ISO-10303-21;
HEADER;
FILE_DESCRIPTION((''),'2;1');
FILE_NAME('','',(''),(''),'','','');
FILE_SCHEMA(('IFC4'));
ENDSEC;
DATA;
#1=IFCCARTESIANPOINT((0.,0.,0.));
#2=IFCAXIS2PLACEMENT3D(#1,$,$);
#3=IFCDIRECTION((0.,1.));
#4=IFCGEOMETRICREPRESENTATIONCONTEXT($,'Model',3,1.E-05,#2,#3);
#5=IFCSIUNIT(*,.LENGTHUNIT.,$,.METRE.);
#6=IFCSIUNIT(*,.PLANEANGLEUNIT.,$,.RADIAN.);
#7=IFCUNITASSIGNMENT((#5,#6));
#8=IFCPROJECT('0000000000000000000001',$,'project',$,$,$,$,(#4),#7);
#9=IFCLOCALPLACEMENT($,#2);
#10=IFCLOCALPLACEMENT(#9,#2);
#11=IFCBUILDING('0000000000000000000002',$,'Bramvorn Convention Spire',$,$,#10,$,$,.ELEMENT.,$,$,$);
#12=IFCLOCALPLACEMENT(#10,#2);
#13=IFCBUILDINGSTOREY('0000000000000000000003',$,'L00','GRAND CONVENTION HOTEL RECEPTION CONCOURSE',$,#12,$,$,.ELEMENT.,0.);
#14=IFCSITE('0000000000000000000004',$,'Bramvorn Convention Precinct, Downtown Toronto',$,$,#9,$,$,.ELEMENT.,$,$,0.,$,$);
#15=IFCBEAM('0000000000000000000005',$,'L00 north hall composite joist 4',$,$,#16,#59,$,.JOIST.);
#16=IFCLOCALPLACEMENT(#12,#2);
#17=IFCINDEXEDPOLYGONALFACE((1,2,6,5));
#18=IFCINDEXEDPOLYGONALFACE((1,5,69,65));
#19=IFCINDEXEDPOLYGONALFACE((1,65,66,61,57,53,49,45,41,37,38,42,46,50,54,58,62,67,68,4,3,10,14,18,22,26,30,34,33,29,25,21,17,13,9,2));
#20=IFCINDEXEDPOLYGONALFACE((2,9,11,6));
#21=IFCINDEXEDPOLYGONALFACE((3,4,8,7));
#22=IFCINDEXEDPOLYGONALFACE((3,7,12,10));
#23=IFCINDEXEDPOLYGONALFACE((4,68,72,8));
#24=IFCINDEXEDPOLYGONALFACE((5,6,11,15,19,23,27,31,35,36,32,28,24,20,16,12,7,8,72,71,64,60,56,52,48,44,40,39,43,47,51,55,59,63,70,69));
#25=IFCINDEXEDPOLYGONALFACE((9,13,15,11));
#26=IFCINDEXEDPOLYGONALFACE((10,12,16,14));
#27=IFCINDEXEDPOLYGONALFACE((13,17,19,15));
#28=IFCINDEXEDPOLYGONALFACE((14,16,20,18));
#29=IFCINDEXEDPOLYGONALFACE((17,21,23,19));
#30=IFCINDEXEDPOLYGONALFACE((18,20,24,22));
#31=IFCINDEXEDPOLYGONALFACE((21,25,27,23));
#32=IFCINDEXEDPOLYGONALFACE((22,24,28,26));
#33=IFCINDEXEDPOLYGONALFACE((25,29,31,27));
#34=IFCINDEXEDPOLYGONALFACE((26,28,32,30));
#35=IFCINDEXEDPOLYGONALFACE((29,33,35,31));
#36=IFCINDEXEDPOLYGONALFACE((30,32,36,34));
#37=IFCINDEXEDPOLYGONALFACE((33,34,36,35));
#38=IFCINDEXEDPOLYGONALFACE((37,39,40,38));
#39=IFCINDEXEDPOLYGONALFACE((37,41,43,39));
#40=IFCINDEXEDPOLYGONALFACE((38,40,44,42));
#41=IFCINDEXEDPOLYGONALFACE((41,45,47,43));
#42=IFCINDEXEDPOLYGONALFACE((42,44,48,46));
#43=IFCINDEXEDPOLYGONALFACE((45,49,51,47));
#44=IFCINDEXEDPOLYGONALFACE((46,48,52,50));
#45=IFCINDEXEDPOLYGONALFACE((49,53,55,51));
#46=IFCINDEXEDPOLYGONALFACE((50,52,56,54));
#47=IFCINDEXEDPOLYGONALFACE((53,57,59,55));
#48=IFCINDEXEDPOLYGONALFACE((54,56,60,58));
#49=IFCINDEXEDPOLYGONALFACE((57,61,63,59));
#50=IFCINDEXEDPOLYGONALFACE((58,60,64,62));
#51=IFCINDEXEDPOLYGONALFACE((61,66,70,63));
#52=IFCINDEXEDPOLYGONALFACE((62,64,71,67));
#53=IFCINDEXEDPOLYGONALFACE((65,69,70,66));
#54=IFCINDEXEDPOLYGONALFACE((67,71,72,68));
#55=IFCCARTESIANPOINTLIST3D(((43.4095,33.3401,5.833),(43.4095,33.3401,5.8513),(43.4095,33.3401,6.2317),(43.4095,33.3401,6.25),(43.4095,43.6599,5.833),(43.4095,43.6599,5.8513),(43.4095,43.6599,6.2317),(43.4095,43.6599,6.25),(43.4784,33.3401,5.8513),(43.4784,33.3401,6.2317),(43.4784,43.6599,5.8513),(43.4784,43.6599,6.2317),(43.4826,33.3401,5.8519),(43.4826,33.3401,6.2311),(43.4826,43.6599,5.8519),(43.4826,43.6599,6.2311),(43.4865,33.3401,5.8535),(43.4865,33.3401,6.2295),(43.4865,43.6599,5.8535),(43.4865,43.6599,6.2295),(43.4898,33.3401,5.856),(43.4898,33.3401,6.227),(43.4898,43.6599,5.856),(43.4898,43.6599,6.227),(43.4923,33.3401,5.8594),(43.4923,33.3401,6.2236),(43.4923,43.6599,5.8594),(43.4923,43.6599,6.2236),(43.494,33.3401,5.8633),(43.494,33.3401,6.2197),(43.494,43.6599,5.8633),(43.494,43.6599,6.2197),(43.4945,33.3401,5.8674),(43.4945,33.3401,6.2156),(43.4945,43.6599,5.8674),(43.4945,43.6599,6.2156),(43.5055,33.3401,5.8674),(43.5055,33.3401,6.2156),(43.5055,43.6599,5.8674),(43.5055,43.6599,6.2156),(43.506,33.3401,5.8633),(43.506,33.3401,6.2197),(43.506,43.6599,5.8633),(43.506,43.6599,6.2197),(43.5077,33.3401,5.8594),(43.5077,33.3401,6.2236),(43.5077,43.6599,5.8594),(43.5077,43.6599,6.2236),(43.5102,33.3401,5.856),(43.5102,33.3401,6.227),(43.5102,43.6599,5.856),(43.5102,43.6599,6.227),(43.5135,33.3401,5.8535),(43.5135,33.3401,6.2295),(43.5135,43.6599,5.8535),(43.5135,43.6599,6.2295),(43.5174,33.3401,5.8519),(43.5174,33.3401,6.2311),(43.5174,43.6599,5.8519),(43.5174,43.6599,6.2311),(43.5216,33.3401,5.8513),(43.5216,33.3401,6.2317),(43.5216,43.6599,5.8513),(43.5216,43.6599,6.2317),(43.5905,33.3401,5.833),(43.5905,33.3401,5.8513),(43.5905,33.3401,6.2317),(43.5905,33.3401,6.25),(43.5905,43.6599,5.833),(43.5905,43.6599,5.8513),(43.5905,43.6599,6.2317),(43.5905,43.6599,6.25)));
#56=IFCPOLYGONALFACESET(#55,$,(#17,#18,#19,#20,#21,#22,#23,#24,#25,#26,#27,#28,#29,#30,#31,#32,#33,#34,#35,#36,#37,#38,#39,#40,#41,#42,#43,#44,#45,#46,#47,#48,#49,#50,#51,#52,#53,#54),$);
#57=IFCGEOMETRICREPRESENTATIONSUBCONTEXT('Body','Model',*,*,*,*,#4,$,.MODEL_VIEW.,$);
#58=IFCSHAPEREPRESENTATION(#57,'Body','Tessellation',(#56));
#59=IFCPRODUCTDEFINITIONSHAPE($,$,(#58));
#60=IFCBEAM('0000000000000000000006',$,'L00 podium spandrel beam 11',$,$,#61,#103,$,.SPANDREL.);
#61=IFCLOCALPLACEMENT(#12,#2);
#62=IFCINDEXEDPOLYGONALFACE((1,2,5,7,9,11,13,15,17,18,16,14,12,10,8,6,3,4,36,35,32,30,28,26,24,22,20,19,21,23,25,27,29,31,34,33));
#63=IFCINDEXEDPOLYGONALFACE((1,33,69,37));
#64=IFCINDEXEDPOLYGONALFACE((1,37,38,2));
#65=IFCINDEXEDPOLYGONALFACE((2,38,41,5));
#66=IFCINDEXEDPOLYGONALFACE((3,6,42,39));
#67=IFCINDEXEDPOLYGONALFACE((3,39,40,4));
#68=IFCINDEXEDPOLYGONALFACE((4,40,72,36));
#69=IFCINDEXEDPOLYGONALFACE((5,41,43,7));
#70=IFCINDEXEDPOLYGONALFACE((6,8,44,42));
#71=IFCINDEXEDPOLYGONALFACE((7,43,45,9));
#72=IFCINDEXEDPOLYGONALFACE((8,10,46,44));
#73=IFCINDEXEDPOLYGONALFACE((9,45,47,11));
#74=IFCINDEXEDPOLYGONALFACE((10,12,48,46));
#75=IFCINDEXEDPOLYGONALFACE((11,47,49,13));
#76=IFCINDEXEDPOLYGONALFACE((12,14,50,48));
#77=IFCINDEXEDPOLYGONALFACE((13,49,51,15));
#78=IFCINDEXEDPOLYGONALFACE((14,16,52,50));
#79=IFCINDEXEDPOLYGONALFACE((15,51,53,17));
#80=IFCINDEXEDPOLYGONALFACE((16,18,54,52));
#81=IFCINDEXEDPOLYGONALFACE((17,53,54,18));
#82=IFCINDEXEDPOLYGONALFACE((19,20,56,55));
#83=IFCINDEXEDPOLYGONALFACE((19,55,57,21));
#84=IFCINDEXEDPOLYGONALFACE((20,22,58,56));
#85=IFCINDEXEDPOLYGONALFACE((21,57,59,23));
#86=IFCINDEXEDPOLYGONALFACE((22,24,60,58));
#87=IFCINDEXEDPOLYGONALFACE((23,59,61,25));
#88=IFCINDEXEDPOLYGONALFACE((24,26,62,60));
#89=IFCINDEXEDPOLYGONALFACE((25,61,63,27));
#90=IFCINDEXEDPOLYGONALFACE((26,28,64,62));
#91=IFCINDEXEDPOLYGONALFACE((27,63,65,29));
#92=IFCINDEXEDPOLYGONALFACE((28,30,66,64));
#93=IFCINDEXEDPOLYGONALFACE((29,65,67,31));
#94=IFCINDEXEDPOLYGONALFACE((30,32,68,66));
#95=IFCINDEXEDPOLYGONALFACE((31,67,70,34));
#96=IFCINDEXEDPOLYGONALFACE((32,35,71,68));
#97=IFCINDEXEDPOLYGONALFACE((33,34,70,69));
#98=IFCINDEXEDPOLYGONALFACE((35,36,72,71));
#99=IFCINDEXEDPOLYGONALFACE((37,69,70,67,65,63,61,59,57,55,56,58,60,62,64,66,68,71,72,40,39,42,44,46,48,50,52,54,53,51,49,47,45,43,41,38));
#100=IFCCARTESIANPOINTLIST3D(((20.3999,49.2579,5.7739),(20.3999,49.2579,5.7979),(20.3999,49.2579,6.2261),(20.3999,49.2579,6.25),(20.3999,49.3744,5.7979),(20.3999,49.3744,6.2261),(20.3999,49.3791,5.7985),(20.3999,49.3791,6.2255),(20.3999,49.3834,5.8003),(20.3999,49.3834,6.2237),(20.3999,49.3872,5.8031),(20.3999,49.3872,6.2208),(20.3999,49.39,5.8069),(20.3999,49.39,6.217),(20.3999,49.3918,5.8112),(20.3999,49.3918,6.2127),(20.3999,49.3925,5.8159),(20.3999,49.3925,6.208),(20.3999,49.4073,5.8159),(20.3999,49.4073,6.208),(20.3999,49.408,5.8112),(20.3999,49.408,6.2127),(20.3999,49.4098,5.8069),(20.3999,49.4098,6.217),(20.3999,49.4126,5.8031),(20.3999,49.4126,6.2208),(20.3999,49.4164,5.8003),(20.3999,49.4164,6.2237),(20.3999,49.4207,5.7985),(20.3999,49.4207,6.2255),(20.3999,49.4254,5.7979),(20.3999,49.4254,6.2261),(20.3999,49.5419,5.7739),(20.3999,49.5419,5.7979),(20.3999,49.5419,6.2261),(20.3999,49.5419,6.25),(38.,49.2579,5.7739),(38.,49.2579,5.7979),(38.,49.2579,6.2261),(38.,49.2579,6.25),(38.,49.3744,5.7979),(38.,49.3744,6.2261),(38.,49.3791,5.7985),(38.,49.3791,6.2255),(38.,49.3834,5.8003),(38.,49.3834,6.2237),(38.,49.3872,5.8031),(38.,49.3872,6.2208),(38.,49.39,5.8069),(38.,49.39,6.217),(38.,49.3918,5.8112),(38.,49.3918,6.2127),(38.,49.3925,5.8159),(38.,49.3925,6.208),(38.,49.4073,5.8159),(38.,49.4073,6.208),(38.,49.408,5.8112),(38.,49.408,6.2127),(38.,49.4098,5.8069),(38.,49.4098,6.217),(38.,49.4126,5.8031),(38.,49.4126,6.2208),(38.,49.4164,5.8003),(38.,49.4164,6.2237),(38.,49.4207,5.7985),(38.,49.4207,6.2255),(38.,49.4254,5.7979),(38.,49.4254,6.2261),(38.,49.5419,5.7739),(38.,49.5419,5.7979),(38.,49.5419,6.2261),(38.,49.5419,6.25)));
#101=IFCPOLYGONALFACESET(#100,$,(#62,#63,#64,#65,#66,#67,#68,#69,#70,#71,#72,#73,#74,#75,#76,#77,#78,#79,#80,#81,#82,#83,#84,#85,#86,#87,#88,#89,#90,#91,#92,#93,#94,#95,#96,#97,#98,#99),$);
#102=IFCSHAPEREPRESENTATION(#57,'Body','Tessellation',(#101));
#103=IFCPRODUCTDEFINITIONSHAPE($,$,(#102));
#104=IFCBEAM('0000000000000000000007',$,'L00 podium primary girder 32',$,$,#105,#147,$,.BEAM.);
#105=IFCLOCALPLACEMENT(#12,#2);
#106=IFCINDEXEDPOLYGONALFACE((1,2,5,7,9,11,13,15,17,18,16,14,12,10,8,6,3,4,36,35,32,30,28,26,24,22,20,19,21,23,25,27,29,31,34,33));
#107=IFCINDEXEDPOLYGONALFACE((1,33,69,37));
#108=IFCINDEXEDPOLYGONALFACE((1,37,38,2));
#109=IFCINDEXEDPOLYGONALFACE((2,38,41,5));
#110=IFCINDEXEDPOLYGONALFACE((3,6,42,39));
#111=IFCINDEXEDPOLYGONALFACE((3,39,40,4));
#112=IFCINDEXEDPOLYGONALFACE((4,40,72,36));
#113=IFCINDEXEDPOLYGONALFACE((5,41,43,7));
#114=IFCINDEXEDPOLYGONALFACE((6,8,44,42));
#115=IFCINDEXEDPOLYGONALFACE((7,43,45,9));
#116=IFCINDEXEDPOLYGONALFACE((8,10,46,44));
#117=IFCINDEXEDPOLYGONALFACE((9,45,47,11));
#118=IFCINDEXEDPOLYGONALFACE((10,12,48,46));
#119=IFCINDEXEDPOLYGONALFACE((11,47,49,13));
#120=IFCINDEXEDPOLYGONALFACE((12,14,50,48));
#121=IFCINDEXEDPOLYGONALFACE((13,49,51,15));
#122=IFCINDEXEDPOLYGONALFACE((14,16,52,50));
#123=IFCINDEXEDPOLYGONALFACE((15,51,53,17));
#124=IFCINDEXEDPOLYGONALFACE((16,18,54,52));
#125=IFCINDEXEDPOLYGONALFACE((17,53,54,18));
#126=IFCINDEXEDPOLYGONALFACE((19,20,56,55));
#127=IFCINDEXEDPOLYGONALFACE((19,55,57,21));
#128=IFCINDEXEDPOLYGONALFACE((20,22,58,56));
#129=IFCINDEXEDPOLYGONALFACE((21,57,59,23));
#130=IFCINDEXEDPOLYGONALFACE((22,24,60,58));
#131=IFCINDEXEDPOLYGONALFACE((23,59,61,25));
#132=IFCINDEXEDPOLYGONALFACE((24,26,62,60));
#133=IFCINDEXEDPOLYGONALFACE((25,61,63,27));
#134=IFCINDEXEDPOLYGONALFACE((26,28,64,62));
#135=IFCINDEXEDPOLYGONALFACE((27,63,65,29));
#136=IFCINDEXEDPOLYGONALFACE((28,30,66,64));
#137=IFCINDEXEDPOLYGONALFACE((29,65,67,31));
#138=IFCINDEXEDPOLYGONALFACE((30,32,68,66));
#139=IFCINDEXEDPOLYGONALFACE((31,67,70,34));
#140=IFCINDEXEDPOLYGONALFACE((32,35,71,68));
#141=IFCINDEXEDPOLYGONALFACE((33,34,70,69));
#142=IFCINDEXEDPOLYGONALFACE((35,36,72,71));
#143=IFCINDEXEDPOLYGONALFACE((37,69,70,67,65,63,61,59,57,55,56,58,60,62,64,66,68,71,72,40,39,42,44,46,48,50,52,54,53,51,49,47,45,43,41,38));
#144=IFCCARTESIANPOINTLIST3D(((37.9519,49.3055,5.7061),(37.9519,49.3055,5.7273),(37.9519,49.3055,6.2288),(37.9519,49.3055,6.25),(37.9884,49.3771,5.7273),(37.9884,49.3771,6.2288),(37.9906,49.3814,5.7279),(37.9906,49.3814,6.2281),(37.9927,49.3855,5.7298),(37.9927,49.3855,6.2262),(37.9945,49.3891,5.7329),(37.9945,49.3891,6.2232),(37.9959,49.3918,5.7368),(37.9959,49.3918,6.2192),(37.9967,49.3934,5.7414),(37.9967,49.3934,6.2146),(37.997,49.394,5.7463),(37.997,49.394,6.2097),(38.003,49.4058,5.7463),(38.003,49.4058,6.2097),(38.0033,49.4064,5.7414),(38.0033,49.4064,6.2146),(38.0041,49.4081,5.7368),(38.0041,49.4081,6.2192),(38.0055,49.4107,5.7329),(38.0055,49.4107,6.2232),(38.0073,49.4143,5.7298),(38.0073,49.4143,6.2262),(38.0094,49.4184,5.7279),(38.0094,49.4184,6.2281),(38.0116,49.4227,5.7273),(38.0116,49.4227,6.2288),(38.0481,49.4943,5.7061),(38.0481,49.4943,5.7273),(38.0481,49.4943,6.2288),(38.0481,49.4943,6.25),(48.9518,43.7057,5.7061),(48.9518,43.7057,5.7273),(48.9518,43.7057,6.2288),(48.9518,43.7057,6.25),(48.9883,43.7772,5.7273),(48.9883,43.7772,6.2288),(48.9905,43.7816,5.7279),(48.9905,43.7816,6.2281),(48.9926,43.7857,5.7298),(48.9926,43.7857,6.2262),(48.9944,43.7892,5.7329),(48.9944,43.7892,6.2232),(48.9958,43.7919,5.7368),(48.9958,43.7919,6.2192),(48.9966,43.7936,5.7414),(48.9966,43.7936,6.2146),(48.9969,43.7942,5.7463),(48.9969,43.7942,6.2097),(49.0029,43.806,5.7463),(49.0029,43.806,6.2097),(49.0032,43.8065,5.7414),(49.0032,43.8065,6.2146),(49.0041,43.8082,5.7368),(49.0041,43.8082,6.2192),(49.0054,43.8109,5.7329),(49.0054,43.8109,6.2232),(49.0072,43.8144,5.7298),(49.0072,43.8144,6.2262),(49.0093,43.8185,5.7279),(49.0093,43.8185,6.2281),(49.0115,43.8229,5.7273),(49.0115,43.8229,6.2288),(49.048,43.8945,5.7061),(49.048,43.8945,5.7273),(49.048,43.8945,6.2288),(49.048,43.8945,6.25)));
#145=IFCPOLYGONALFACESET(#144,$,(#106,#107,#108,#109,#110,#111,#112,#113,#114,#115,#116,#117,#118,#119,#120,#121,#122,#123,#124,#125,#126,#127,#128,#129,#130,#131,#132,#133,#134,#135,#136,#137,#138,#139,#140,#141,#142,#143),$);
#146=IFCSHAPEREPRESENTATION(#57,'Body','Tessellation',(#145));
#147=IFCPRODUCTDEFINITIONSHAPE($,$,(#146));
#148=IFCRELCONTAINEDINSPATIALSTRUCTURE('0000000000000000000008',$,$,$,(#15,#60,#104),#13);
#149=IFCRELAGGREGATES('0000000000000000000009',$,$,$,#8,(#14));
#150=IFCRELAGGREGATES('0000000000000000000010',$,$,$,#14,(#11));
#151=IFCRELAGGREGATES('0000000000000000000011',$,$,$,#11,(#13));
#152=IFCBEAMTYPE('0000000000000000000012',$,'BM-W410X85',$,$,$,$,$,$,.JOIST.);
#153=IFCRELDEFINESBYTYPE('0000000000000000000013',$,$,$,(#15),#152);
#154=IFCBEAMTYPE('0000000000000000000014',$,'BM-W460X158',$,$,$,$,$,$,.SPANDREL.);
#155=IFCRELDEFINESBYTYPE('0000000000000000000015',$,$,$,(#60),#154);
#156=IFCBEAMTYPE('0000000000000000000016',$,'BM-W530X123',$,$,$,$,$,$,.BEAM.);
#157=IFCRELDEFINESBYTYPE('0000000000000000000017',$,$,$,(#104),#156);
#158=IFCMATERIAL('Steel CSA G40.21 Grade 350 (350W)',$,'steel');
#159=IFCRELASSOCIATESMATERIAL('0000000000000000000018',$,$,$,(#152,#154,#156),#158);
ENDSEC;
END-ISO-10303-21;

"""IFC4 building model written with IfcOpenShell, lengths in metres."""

from ifc_helpers import new_model, si_unit, direction, frame, origin, origin_2d, place, context, subcontext, project, spatial, i_section, extrude, material, material_profile, profile_set, type_object, element, save


model = new_model("IFC4")

# Units and contexts
model_context = context("Model", 3, precision=1e-05, world=origin(), true_north=direction((0.0, 1.0)))
body_context = subcontext(model_context, "Body", "Model", "MODEL_VIEW")
ifc_project = project(units=[si_unit("LENGTHUNIT", "METRE"), si_unit("PLANEANGLEUNIT", "RADIAN")], contexts=[model_context])

# Site, building, storey
site_placement = place(None, origin())
site = spatial("IfcSite", under=ifc_project, at=site_placement, Name="Bramvorn Convention Precinct, Downtown Toronto", CompositionType="ELEMENT", RefElevation=0.0)
building_placement = place(site_placement, origin())
building = spatial("IfcBuilding", under=site, at=building_placement, Name="Bramvorn Convention Spire", CompositionType="ELEMENT")
storey_placement = place(building_placement, origin())
storey = spatial("IfcBuildingStorey", under=building, at=storey_placement, Name="L00", Description="GRAND CONVENTION HOTEL RECEPTION CONCOURSE", CompositionType="ELEMENT", Elevation=0.0)

# Shared definitions
ifc_material_1 = material(Name="Steel CSA G40.21 Grade 350 (350W)", Category="steel")

# Beams
ifc_material_profile_1 = material_profile(ifc_material_1, i_section(OverallWidth=0.1809, OverallDepth=0.417, WebThickness=0.011, FlangeThickness=0.0183, FilletRadius=0.0161, at=origin_2d()))
ifc_profile_set_1 = profile_set([ifc_material_profile_1], Name="Steel CSA G40.21 Grade 350 (350W) - W410X85")
beam_type_1 = type_object("IfcBeamType", Name="BM-W410X85", PredefinedType="JOIST", material=ifc_profile_set_1)
for number, where, z_axis, x_axis, name in (
    (1, (43.5, 33.3401, 6.0415), (0.0, 1.0, 0.0), (-1.0, 0.0, 0.0), "L00 north hall composite joist 4"),
):
    element("IfcBeam", number, at=place(storey_placement, frame(where, z_axis=z_axis, x_axis=x_axis)), inside=storey, type_object=beam_type_1, Name=name, PredefinedType="JOIST", context=body_context, shape_type="SweptSolid", body=[
        extrude(i_section(OverallWidth=0.1809, OverallDepth=0.417, WebThickness=0.011, FlangeThickness=0.0183, FilletRadius=0.0161, at=origin_2d()), origin(), (0.0, 0.0, 1.0), 10.3198),
    ])
ifc_material_profile_2 = material_profile(ifc_material_1, i_section(OverallWidth=0.2839, OverallDepth=0.4761, WebThickness=0.0149, FlangeThickness=0.0239, FilletRadius=0.0181, at=origin_2d()))
ifc_profile_set_2 = profile_set([ifc_material_profile_2], Name="Steel CSA G40.21 Grade 350 (350W) - W460X158")
beam_type_2 = type_object("IfcBeamType", Name="BM-W460X158", PredefinedType="SPANDREL", material=ifc_profile_set_2)
beam_1_placement = place(storey_placement, frame((38.0, 49.3999, 6.012), z_axis=(-1.0, 0.0, 0.0), x_axis=(0.0, -1.0, 0.0)))
element("IfcBeam", 2, at=beam_1_placement, inside=storey, type_object=beam_type_2, Name="L00 podium spandrel beam 11", PredefinedType="SPANDREL", context=body_context, shape_type="SweptSolid", body=[
    extrude(i_section(OverallWidth=0.2839, OverallDepth=0.4761, WebThickness=0.0149, FlangeThickness=0.0239, FilletRadius=0.0181, at=origin_2d()), origin(), (0.0, 0.0, 1.0), 17.6001),
])
ifc_material_profile_3 = material_profile(ifc_material_1, i_section(OverallWidth=0.2119, OverallDepth=0.5439, WebThickness=0.0132, FlangeThickness=0.0212, FilletRadius=0.019, at=origin_2d()))
ifc_profile_set_3 = profile_set([ifc_material_profile_3], Name="Steel CSA G40.21 Grade 350 (350W) - W530X123")
beam_type_3 = type_object("IfcBeamType", Name="BM-W530X123", PredefinedType="BEAM", material=ifc_profile_set_3)
beam_2_placement = place(storey_placement, frame((38.0, 49.3999, 5.978), z_axis=(0.891168, -0.453674, 0.0), x_axis=(0.453674, 0.891168, 0.0)))
element("IfcBeam", 3, at=beam_2_placement, inside=storey, type_object=beam_type_3, Name="L00 podium primary girder 32", PredefinedType="BEAM", context=body_context, shape_type="SweptSolid", body=[
    extrude(i_section(OverallWidth=0.2119, OverallDepth=0.5439, WebThickness=0.0132, FlangeThickness=0.0212, FilletRadius=0.019, at=origin_2d()), origin(), (0.0, 0.0, 1.0), 12.3433),
])

save(model, "model.ifc")
